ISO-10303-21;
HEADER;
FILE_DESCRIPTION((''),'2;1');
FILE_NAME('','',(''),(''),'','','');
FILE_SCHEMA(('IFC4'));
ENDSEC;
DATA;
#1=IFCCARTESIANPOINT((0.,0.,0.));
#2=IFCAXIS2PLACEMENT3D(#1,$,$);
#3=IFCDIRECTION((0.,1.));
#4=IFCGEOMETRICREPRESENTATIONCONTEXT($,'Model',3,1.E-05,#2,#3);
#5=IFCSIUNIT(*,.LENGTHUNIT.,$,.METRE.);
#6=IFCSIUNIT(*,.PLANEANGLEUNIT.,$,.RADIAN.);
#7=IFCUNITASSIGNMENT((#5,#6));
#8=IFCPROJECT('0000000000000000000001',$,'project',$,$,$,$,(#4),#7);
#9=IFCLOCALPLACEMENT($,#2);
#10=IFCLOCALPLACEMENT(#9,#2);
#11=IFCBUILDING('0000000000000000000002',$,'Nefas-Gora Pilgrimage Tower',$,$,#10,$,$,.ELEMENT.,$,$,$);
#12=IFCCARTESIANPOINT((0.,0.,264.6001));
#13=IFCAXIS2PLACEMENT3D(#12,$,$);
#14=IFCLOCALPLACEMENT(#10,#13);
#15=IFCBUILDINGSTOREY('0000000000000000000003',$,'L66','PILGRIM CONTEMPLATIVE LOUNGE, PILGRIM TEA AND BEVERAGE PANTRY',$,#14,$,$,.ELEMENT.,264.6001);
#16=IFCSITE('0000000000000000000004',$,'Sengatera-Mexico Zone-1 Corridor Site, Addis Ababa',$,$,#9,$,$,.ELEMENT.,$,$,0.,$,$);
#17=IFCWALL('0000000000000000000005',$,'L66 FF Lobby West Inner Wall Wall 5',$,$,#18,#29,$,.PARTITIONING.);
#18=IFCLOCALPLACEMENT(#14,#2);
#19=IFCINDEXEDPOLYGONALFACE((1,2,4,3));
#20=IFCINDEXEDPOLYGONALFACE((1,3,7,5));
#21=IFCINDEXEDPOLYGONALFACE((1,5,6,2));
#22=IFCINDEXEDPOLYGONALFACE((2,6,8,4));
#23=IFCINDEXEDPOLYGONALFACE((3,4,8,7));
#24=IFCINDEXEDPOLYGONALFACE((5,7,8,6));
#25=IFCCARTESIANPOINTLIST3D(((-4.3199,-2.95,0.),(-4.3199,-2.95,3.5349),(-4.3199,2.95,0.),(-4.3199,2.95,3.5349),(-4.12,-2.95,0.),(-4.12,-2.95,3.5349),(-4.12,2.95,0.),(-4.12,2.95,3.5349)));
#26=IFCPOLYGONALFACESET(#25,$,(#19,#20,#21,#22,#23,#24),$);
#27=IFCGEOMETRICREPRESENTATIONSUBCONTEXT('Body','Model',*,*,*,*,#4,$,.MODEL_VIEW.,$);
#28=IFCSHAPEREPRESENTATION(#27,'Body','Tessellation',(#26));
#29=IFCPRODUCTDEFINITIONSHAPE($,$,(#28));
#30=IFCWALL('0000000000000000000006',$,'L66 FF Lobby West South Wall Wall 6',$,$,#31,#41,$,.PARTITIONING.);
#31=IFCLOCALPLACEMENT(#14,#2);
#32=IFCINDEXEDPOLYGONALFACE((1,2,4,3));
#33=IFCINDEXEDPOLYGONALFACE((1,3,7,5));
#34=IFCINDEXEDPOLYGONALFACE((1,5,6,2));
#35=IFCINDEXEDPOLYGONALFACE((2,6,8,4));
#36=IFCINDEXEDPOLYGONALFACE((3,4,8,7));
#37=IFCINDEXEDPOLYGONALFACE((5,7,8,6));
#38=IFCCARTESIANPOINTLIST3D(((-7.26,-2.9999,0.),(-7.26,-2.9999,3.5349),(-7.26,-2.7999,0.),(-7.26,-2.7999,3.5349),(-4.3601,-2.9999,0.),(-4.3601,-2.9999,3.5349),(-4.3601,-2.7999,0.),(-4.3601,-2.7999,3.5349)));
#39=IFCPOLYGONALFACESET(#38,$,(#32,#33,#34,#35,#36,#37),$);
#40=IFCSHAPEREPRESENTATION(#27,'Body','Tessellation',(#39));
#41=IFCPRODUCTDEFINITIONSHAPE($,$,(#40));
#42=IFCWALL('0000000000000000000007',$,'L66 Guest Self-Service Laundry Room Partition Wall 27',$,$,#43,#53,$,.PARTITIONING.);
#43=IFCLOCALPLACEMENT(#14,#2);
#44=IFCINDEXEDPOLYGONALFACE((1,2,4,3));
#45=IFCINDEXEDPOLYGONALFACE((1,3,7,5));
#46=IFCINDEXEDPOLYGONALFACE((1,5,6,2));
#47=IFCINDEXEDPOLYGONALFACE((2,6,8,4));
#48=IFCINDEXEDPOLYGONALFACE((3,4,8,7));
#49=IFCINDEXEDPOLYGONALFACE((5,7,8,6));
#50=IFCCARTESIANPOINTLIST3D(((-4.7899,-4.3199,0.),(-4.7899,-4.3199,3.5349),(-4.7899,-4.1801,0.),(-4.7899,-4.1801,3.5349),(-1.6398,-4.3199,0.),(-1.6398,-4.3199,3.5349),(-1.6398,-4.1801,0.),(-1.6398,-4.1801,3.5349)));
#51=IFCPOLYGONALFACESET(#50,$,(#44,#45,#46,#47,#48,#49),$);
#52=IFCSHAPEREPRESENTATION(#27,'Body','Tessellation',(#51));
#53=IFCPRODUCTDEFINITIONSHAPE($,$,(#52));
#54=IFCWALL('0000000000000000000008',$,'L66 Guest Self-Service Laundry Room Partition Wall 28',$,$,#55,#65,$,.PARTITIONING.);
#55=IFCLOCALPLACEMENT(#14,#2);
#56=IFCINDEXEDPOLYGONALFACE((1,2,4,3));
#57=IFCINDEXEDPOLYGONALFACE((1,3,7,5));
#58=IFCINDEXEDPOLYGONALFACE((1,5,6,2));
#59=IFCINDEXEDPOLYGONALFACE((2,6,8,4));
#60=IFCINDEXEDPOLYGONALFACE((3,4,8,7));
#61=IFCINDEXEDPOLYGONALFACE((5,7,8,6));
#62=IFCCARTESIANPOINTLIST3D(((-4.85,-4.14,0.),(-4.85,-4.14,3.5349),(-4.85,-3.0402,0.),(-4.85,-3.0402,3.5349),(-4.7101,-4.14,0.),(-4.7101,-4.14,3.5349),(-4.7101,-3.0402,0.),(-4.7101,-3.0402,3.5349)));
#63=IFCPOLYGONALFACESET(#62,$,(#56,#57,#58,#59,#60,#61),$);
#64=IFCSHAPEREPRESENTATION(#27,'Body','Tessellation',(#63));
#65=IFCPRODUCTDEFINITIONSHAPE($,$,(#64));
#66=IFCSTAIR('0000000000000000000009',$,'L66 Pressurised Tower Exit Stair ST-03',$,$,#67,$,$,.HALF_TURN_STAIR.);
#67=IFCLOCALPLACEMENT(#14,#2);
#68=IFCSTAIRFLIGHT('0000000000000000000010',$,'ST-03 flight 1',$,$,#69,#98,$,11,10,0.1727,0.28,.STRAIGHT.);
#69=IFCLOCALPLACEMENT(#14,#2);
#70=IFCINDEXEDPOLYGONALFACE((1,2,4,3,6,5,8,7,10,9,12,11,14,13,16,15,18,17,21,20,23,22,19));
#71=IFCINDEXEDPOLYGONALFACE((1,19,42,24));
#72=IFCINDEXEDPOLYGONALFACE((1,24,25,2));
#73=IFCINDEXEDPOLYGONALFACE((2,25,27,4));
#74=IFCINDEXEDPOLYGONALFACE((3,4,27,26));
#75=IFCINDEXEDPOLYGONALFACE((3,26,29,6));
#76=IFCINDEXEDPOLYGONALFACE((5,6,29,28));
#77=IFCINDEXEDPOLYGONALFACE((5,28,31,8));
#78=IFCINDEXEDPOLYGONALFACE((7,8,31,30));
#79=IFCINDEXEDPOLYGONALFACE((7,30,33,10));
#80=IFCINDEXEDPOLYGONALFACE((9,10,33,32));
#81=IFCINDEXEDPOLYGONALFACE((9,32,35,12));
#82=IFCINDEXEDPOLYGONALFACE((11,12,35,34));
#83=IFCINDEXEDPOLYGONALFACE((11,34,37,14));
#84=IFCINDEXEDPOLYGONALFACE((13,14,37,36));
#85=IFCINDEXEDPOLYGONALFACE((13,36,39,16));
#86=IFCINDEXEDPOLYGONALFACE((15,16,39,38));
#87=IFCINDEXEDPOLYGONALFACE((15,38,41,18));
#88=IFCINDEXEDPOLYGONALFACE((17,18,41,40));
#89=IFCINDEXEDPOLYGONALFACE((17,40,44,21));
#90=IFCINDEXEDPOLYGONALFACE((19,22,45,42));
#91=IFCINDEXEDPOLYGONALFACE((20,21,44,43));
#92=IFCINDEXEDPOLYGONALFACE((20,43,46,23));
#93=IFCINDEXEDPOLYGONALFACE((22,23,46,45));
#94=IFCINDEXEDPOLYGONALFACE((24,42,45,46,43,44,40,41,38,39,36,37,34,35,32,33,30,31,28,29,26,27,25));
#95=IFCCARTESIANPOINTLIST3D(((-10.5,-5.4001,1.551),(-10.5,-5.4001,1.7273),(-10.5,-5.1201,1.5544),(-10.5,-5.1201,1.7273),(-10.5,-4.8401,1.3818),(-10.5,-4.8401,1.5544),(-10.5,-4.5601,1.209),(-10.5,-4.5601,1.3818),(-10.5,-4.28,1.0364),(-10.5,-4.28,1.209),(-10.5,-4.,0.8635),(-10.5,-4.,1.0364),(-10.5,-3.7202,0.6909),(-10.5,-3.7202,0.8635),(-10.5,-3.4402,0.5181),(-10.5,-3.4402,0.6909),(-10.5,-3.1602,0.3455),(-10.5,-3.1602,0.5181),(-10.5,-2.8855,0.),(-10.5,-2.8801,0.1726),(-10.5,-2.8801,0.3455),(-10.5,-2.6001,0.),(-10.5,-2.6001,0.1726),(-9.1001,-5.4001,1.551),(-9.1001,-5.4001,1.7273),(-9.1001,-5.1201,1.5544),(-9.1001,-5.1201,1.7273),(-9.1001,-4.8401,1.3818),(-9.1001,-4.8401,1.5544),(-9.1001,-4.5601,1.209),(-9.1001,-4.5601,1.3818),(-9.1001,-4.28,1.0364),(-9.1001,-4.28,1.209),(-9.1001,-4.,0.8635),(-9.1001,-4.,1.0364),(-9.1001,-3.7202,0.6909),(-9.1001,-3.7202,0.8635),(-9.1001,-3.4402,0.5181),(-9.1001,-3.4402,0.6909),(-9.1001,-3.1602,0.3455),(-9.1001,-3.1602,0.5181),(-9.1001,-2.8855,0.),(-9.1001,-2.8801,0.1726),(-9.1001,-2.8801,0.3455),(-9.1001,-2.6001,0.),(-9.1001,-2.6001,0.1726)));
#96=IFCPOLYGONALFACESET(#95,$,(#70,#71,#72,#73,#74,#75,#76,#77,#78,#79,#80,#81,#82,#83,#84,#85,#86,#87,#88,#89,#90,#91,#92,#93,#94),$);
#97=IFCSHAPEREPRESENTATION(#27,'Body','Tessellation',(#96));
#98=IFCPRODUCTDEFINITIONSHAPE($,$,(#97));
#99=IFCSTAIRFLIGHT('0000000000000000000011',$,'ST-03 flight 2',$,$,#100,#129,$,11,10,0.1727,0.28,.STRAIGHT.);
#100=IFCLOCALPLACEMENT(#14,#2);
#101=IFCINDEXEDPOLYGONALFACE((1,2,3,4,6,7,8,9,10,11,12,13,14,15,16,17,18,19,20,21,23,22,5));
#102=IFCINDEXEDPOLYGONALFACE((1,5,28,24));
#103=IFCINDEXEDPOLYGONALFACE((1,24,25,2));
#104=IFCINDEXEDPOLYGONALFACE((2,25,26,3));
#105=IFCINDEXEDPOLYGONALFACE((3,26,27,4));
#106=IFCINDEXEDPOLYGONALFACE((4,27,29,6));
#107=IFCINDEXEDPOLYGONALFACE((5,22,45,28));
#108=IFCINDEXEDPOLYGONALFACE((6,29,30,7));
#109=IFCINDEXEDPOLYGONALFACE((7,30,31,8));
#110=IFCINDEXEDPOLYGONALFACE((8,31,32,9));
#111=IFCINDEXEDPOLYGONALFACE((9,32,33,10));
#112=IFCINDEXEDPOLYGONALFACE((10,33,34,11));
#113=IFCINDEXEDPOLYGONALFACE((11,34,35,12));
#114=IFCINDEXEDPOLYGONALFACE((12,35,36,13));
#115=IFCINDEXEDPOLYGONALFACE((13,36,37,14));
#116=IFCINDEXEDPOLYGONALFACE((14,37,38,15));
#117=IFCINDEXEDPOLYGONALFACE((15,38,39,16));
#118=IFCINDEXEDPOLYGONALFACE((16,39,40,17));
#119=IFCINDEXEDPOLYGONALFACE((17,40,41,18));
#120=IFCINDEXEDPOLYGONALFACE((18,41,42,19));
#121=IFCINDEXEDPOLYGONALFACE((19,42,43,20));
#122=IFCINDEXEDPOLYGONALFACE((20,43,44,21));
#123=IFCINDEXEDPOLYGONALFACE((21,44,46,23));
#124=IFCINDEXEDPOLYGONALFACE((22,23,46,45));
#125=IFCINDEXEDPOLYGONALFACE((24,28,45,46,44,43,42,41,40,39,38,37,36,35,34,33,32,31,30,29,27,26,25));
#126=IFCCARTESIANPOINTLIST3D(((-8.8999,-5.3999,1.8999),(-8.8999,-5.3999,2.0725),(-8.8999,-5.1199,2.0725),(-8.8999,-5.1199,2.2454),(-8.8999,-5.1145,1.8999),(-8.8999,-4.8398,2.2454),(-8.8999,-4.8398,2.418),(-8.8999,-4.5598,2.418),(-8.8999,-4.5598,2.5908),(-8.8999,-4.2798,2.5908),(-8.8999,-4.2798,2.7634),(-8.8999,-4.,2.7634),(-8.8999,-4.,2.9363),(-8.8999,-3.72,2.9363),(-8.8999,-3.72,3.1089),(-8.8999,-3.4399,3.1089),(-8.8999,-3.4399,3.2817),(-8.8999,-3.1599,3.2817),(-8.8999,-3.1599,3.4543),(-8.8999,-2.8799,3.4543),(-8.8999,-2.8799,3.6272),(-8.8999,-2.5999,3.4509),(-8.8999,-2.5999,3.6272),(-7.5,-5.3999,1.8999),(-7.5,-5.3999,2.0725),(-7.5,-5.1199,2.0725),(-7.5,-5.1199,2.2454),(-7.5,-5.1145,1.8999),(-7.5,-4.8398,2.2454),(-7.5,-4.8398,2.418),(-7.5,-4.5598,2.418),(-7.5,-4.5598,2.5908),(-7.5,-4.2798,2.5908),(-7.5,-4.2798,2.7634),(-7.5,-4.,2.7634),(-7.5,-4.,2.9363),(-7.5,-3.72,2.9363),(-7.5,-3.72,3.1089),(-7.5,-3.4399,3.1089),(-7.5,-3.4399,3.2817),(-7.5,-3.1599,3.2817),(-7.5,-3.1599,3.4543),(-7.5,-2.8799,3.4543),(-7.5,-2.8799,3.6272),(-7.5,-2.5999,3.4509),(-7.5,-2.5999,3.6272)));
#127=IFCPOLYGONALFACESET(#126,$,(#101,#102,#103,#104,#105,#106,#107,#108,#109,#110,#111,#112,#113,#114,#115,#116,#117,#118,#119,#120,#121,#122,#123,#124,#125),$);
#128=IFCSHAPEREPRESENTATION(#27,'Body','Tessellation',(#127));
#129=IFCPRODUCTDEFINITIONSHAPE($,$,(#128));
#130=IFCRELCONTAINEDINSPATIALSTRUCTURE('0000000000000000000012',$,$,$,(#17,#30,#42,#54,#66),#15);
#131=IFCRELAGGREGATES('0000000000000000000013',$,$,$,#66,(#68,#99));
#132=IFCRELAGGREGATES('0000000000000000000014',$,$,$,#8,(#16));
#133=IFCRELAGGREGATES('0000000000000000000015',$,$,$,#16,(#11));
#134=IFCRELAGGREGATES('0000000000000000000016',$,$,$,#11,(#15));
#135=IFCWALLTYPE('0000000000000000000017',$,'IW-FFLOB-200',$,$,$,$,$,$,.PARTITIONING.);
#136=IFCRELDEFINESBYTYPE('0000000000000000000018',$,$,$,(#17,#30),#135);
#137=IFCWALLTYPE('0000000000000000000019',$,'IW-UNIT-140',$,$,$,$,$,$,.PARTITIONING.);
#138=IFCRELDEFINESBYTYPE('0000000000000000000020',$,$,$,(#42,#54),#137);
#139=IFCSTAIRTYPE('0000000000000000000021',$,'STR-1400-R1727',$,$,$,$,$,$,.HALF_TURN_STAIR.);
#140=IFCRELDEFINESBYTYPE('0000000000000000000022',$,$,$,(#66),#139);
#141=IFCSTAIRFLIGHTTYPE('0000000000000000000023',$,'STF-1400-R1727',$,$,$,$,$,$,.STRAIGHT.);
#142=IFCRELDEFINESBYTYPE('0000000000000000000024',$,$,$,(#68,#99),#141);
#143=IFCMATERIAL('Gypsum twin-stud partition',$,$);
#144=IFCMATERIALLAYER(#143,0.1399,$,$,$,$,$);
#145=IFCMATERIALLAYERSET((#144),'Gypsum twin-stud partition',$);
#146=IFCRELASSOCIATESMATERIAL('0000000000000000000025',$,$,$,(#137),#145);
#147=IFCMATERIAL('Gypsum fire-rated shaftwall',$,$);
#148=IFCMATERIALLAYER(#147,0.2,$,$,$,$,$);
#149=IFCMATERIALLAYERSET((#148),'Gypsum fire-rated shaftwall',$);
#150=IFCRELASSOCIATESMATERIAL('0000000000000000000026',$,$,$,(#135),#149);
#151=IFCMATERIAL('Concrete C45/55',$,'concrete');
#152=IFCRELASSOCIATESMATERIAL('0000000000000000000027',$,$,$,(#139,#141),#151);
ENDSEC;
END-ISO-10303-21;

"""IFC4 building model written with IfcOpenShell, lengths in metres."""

from ifc_helpers import new_model, si_unit, direction, frame, frame_2d, origin, place, context, subcontext, project, spatial, polyline, rectangle, outline, extrude, source, transform, mapped, material, layer, layer_set, type_object, element, aggregate, save


model = new_model("IFC4")

# Units and contexts
model_context = context("Model", 3, precision=1e-05, world=origin(), true_north=direction((0.0, 1.0)))
body_context = subcontext(model_context, "Body", "Model", "MODEL_VIEW")
ifc_project = project(units=[si_unit("LENGTHUNIT", "METRE"), si_unit("PLANEANGLEUNIT", "RADIAN")], contexts=[model_context])

# Site, building, storey
site_placement = place(None, origin())
site = spatial("IfcSite", under=ifc_project, at=site_placement, Name="Sengatera-Mexico Zone-1 Corridor Site, Addis Ababa", CompositionType="ELEMENT", RefElevation=0.0)
building_placement = place(site_placement, origin())
building = spatial("IfcBuilding", under=site, at=building_placement, Name="Nefas-Gora Pilgrimage Tower", CompositionType="ELEMENT")
storey_placement = place(building_placement, frame((0.0, 0.0, 264.6001)))
storey = spatial("IfcBuildingStorey", under=building, at=storey_placement, Name="L66", Description="PILGRIM CONTEMPLATIVE LOUNGE, PILGRIM TEA AND BEVERAGE PANTRY", CompositionType="ELEMENT", Elevation=264.6001)

# Shared definitions
ifc_material_1 = material(Name="Concrete C45/55", Category="concrete")

# Walls
ifc_material_2 = material(Name="Gypsum twin-stud partition")
ifc_layer_1 = layer(ifc_material_2, 0.1399)
ifc_layer_set_1 = layer_set([ifc_layer_1], Name="Gypsum twin-stud partition")
wall_type_1 = type_object("IfcWallType", Name="IW-UNIT-140", PredefinedType="PARTITIONING", material=ifc_layer_set_1)
ifc_material_3 = material(Name="Gypsum fire-rated shaftwall")
ifc_layer_2 = layer(ifc_material_3, 0.2)
ifc_layer_set_2 = layer_set([ifc_layer_2], Name="Gypsum fire-rated shaftwall")
wall_type_2 = type_object("IfcWallType", Name="IW-FFLOB-200", PredefinedType="PARTITIONING", material=ifc_layer_set_2)
shared_shape_1 = source(origin(), body_context, "Body", "SweptSolid", [
    extrude(rectangle(XDim=5.8999, YDim=0.2, at=frame_2d((2.95, 0.0))), origin(), (0.0, 0.0, 1.0), 3.5349),
])
wall_1_placement = place(storey_placement, frame((-4.22, -2.95, 0.0), z_axis=(0.0, 0.0, 1.0), x_axis=(0.0, 1.0, 0.0)))
element("IfcWall", 1, at=wall_1_placement, inside=storey, type_object=wall_type_2, Name="L66 FF Lobby West Inner Wall Wall 5", PredefinedType="PARTITIONING", context=body_context, shape_type="MappedRepresentation", body=[
    mapped(shared_shape_1, transform((0.0, 0.0, 0.0), x_axis=(1.0, 0.0, 0.0), y_axis=(0.0, 1.0, 0.0), z_axis=(0.0, 0.0, 1.0), scale=1.0)),
])
shared_shape_2 = source(origin(), body_context, "Body", "SweptSolid", [
    extrude(rectangle(XDim=2.8999, YDim=0.2, at=frame_2d((1.45, 0.0))), origin(), (0.0, 0.0, 1.0), 3.5349),
])
wall_2_placement = place(storey_placement, frame((-7.26, -2.8999, 0.0), z_axis=(0.0, 0.0, 1.0), x_axis=(1.0, 0.0, 0.0)))
element("IfcWall", 2, at=wall_2_placement, inside=storey, type_object=wall_type_2, Name="L66 FF Lobby West South Wall Wall 6", PredefinedType="PARTITIONING", context=body_context, shape_type="MappedRepresentation", body=[
    mapped(shared_shape_2, transform((0.0, 0.0, 0.0), x_axis=(1.0, 0.0, 0.0), y_axis=(0.0, 1.0, 0.0), z_axis=(0.0, 0.0, 1.0), scale=1.0)),
])
shared_shape_3 = source(origin(), body_context, "Body", "SweptSolid", [
    extrude(rectangle(XDim=3.1501, YDim=0.1399, at=frame_2d((1.5752, 0.0))), origin(), (0.0, 0.0, 1.0), 3.5349),
])
wall_3_placement = place(storey_placement, frame((-4.79, -4.25, 0.0), z_axis=(0.0, 0.0, 1.0), x_axis=(1.0, 0.0, 0.0)))
element("IfcWall", 3, at=wall_3_placement, inside=storey, type_object=wall_type_1, Name="L66 Guest Self-Service Laundry Room Partition Wall 27", PredefinedType="PARTITIONING", context=body_context, shape_type="MappedRepresentation", body=[
    mapped(shared_shape_3, transform((0.0, 0.0, 0.0), x_axis=(1.0, 0.0, 0.0), y_axis=(0.0, 1.0, 0.0), z_axis=(0.0, 0.0, 1.0), scale=1.0)),
])
shared_shape_4 = source(origin(), body_context, "Body", "SweptSolid", [
    extrude(rectangle(XDim=1.0999, YDim=0.1399, at=frame_2d((0.5498, 0.0))), origin(), (0.0, 0.0, 1.0), 3.5349),
])
wall_4_placement = place(storey_placement, frame((-4.78, -4.1399, 0.0), z_axis=(0.0, 0.0, 1.0), x_axis=(0.0, 1.0, 0.0)))
element("IfcWall", 4, at=wall_4_placement, inside=storey, type_object=wall_type_1, Name="L66 Guest Self-Service Laundry Room Partition Wall 28", PredefinedType="PARTITIONING", context=body_context, shape_type="MappedRepresentation", body=[
    mapped(shared_shape_4, transform((0.0, 0.0, 0.0), x_axis=(1.0, 0.0, 0.0), y_axis=(0.0, 1.0, 0.0), z_axis=(0.0, 0.0, 1.0), scale=1.0)),
])

# Stair, stair flights
stair_type = type_object("IfcStairType", Name="STR-1400-R1727", PredefinedType="HALF_TURN_STAIR", material=ifc_material_1)
stair_placement = place(storey_placement, origin())
stair = element("IfcStair", 5, at=stair_placement, inside=storey, type_object=stair_type, Name="L66 Pressurised Tower Exit Stair ST-03", PredefinedType="HALF_TURN_STAIR")
stair_flight_type = type_object("IfcStairFlightType", Name="STF-1400-R1727", PredefinedType="STRAIGHT", material=ifc_material_1)
shared_shape_5 = source(origin(), body_context, "Body", "SweptSolid", [
    extrude(outline(polyline([(0.0, 0.0), (0.0, 0.1726), (0.28, 0.1726), (0.28, 0.3455), (0.5601, 0.3455), (0.5601, 0.5181), (0.8401, 0.5181), (0.8401, 0.6909), (1.1201, 0.6909), (1.1201, 0.8635), (1.3999, 0.8635), (1.3999, 1.0364), (1.6799, 1.0364), (1.6799, 1.209), (1.96, 1.209), (1.96, 1.3818), (2.24, 1.3818), (2.24, 1.5544), (2.52, 1.5544), (2.52, 1.7273), (2.8, 1.7273), (2.8, 1.8999), (2.8, 1.551), (0.2854, 0.0), (0.0, 0.0)])), frame((0.0, 0.7, 0.0), z_axis=(0.0, -1.0, 0.0), x_axis=(1.0, 0.0, 0.0)), (0.0, 0.0, 1.0), 1.3999),
])
stair_flight_1_placement = place(storey_placement, frame((-9.8, -2.6001, 0.0), z_axis=(0.0, 0.0, 1.0), x_axis=(0.0, -1.0, 0.0)))
stair_flight_1 = element("IfcStairFlight", 6, at=stair_flight_1_placement, type_object=stair_flight_type, Name="ST-03 flight 1", NumberOfRisers=11, NumberOfTreads=10, PredefinedType="STRAIGHT", RiserHeight=0.1727, TreadLength=0.28, context=body_context, shape_type="MappedRepresentation", body=[
    mapped(shared_shape_5, transform((0.0, 0.0, 0.0), x_axis=(1.0, 0.0, 0.0), y_axis=(0.0, 1.0, 0.0), z_axis=(0.0, 0.0, 1.0), scale=1.0)),
])
stair_flight_2_placement = place(storey_placement, frame((-8.2, -5.3999, 1.8999), z_axis=(0.0, 0.0, 1.0), x_axis=(0.0, 1.0, 0.0)))
stair_flight_2 = element("IfcStairFlight", 7, at=stair_flight_2_placement, type_object=stair_flight_type, Name="ST-03 flight 2", NumberOfRisers=11, NumberOfTreads=10, PredefinedType="STRAIGHT", RiserHeight=0.1727, TreadLength=0.28, context=body_context, shape_type="MappedRepresentation", body=[
    mapped(shared_shape_5, transform((0.0, 0.0, 0.0), x_axis=(1.0, 0.0, 0.0), y_axis=(0.0, 1.0, 0.0), z_axis=(0.0, 0.0, 1.0), scale=1.0)),
])
aggregate(stair, [stair_flight_1, stair_flight_2])

save(model, "model.ifc")
